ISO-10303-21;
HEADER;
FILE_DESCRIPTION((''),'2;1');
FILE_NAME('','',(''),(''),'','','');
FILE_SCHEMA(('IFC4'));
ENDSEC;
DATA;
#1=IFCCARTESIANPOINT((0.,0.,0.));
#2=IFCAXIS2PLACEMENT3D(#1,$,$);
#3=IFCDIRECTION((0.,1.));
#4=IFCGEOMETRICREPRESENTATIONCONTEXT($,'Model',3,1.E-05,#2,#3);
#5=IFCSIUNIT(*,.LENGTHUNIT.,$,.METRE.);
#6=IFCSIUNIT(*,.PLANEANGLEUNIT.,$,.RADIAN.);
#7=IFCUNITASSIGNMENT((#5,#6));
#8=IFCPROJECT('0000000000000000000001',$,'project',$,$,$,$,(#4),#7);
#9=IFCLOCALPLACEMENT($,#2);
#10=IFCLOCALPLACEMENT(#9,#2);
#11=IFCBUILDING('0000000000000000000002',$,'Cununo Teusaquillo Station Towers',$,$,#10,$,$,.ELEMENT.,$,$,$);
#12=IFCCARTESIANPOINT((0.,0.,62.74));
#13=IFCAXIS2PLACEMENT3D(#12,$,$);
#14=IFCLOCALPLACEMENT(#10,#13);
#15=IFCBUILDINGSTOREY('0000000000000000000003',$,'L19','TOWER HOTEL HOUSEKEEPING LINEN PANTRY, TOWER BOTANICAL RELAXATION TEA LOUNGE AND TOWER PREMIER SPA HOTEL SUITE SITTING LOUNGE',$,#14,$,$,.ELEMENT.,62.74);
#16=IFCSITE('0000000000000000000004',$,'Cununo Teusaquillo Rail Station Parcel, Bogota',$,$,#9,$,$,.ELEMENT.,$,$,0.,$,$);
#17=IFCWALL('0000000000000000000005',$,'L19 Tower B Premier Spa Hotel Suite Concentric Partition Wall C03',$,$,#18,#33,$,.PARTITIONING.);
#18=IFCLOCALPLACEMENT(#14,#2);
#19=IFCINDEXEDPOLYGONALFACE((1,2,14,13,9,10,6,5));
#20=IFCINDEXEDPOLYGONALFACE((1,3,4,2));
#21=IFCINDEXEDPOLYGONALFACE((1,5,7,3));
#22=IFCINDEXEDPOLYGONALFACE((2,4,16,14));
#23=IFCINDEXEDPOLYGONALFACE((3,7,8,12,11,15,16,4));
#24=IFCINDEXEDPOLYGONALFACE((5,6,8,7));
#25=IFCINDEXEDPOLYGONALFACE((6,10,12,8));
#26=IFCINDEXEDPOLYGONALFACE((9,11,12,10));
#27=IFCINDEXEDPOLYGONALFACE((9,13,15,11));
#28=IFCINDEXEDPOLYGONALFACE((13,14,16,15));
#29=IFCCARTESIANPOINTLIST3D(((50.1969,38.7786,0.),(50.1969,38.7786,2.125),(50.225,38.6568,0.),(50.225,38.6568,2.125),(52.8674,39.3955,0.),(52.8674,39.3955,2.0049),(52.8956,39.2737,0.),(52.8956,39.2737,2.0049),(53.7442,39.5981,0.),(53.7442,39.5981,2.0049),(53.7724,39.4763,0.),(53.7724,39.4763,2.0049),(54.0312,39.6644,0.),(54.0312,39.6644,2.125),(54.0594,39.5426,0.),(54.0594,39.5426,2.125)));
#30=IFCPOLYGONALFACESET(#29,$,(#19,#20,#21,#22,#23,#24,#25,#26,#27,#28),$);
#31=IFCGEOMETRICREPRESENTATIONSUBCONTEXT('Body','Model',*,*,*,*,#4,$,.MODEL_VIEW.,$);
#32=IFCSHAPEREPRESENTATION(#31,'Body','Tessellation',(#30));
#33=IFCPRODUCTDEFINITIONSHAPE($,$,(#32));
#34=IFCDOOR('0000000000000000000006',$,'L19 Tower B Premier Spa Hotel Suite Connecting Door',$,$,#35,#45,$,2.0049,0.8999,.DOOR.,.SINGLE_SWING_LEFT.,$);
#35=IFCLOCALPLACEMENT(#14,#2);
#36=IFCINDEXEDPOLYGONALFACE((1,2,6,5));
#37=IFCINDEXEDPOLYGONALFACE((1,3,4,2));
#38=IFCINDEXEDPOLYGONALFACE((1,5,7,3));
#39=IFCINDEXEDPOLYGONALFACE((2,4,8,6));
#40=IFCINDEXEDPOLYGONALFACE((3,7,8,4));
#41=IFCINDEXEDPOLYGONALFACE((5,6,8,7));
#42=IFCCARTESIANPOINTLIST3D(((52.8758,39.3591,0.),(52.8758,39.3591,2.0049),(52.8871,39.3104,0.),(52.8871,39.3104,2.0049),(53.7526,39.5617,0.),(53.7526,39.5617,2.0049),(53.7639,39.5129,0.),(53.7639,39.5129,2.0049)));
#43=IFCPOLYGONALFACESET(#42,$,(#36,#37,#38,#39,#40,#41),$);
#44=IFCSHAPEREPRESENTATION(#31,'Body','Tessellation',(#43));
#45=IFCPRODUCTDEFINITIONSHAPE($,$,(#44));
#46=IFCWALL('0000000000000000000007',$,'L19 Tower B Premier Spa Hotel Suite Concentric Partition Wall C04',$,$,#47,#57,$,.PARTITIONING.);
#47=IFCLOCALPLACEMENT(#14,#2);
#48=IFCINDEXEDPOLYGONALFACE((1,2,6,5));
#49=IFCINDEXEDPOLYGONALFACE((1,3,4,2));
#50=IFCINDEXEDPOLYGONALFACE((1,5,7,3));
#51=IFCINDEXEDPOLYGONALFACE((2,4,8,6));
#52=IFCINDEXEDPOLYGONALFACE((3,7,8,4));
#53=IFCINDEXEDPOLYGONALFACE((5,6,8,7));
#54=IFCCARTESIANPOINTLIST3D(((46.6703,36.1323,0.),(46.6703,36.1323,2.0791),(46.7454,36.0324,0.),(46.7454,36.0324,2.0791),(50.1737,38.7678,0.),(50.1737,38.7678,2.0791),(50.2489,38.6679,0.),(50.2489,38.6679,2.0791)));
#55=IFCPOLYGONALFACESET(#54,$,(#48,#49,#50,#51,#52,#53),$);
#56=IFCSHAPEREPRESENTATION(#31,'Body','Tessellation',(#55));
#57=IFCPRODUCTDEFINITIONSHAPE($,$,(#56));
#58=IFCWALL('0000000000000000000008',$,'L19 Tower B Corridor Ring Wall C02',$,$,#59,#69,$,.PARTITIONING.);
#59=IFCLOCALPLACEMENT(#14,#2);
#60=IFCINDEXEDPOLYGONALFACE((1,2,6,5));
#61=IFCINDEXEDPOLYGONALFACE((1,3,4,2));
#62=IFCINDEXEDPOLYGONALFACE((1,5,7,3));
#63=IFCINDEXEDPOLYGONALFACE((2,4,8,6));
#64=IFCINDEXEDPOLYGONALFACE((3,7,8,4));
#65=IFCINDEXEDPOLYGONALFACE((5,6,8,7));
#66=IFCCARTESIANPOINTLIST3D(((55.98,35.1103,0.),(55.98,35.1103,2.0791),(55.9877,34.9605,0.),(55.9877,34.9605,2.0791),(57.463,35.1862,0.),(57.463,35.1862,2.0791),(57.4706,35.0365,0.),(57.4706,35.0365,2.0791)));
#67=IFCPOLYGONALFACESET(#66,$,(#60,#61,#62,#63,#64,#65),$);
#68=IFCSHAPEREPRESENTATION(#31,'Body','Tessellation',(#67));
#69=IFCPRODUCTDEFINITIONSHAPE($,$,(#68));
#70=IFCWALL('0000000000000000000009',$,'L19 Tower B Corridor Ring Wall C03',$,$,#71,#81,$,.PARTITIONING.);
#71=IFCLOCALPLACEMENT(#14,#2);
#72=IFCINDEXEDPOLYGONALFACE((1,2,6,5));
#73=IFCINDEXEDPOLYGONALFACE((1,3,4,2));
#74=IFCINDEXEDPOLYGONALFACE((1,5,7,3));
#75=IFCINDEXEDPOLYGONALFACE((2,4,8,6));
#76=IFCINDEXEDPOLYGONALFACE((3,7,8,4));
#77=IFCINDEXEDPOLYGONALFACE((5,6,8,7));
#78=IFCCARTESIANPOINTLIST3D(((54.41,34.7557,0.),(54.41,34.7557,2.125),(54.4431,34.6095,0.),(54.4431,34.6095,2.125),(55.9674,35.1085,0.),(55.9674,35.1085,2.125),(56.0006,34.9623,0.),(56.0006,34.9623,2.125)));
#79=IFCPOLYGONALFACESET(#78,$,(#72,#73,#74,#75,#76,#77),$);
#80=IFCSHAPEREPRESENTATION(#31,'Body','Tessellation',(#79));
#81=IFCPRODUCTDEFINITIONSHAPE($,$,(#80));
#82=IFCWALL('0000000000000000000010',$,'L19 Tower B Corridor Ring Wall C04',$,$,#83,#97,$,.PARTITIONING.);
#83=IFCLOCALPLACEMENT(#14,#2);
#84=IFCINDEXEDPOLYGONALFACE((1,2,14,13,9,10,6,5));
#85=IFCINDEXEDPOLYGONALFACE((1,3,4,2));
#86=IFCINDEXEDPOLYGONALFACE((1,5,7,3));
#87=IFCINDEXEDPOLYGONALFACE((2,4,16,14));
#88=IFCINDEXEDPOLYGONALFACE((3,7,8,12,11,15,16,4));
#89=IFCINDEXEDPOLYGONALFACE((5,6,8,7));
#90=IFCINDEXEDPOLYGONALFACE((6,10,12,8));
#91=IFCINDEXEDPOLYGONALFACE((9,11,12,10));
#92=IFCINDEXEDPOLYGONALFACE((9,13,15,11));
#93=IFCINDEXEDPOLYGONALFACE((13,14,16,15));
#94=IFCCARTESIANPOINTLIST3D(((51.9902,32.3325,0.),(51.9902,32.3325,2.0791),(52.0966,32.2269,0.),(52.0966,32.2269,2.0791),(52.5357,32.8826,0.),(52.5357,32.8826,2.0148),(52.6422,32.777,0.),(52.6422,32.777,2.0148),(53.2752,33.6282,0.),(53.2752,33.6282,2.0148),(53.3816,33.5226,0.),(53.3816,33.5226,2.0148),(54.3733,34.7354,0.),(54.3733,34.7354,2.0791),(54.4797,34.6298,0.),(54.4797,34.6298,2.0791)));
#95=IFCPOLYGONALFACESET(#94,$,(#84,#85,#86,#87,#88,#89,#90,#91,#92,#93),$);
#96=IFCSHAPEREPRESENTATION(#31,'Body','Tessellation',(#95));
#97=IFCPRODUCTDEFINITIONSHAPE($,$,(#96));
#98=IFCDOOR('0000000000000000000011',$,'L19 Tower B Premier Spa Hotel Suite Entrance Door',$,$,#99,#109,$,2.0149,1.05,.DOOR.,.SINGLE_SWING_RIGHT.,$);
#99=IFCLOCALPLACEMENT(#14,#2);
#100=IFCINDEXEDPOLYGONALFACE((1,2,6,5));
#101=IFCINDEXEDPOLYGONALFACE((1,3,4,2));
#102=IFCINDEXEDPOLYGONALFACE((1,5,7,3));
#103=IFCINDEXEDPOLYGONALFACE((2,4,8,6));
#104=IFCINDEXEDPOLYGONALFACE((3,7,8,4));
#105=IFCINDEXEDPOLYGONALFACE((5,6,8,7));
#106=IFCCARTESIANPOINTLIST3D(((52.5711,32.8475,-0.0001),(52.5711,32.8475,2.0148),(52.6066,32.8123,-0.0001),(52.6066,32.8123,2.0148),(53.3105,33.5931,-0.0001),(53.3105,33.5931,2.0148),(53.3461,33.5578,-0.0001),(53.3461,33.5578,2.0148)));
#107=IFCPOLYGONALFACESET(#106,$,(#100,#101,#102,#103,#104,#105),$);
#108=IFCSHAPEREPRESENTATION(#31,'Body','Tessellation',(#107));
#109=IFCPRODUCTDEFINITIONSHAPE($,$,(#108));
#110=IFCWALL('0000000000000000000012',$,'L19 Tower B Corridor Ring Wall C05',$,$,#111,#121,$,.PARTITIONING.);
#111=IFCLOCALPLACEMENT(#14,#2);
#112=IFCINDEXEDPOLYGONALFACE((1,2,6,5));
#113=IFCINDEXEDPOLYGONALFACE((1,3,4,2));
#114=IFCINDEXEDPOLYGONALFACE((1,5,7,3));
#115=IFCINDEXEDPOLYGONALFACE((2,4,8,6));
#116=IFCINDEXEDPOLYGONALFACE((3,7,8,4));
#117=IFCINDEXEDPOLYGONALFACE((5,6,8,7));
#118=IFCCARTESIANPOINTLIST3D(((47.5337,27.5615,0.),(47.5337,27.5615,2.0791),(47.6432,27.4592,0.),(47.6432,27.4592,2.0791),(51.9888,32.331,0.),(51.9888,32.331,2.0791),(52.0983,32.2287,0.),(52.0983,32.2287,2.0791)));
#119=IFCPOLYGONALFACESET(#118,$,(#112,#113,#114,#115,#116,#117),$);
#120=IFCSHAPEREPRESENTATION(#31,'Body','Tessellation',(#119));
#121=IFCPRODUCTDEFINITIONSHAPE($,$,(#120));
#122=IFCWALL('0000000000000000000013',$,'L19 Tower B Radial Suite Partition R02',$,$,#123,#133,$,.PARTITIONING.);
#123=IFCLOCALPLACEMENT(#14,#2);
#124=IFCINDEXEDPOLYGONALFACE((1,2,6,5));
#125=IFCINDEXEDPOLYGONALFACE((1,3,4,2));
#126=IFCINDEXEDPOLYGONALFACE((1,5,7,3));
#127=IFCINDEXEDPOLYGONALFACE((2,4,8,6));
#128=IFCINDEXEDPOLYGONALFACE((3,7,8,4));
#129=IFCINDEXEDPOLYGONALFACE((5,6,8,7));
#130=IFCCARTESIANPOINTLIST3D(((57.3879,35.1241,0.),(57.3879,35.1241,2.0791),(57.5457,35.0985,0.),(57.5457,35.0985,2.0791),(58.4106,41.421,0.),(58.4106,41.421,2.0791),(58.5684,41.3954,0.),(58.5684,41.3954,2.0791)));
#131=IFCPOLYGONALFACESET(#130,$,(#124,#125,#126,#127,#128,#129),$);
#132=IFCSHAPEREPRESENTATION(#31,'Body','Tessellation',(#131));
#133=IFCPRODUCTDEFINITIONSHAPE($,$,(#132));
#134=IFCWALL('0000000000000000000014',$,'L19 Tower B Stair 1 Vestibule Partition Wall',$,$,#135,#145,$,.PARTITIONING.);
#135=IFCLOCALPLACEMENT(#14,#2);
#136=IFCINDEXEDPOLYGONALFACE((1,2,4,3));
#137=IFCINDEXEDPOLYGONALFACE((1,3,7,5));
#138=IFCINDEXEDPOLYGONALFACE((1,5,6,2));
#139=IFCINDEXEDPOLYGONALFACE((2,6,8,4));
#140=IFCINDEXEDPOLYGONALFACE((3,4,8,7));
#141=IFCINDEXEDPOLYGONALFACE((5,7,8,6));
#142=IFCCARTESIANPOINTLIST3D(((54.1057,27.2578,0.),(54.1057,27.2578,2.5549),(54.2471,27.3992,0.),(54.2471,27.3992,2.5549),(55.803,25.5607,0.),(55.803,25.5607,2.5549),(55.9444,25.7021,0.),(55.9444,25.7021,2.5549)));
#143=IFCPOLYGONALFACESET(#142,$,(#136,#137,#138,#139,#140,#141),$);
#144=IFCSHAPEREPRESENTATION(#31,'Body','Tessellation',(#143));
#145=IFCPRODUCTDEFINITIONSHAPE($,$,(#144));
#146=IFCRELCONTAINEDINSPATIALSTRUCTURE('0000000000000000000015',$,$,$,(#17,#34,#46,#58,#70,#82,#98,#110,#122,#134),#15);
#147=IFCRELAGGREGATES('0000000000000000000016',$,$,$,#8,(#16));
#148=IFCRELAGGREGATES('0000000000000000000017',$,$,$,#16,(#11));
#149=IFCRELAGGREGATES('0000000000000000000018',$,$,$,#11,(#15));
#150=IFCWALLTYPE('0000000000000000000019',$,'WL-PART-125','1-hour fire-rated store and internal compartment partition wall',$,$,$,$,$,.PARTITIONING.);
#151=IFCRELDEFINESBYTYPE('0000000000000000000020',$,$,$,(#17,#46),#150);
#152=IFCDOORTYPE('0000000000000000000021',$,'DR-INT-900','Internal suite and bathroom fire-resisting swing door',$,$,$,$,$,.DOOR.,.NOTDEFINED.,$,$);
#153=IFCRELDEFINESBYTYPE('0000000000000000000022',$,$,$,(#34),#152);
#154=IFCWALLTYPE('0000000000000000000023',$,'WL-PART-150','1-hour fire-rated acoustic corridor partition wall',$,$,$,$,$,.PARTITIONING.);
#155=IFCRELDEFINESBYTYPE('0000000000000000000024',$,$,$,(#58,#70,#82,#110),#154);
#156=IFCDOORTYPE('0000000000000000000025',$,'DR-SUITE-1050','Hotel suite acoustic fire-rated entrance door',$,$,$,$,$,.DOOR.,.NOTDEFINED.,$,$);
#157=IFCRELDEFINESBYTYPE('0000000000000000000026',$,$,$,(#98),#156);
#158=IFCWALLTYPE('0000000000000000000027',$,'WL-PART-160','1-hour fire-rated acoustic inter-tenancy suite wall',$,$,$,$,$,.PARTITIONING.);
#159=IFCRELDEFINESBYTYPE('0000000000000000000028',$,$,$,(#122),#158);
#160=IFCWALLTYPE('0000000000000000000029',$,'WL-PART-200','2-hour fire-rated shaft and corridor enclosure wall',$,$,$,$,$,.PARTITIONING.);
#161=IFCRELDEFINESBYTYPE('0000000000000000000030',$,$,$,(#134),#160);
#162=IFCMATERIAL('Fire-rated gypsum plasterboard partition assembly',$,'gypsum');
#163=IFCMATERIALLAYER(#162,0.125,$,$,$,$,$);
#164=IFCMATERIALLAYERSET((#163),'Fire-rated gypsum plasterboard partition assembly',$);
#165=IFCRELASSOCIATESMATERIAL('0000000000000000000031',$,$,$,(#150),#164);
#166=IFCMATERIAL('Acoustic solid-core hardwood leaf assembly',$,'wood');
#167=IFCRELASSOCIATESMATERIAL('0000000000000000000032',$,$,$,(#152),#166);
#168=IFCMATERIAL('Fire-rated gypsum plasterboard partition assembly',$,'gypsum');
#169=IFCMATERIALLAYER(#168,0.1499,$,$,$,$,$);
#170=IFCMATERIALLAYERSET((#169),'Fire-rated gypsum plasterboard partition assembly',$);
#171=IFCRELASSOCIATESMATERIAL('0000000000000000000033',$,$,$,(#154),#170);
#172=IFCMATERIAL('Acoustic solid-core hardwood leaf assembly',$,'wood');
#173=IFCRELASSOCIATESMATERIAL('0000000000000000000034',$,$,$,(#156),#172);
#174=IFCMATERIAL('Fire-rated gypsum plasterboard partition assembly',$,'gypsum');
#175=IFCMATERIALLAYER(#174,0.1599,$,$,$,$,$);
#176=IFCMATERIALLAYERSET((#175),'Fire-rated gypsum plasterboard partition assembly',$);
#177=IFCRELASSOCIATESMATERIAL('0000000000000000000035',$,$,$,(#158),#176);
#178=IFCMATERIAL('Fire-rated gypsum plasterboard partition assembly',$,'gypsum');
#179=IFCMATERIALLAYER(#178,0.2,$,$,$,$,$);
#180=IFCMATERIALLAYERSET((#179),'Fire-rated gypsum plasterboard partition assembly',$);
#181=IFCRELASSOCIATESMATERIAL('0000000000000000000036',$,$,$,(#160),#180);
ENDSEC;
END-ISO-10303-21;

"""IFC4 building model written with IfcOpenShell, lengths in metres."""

from ifc_helpers import new_model, si_unit, direction, frame, frame_2d, origin, place, context, subcontext, project, spatial, rectangle, extrude, source, transform, mapped, material, layer, layer_set, type_object, element, fill, save


model = new_model("IFC4")

# Units and contexts
model_context = context("Model", 3, precision=1e-05, world=origin(), true_north=direction((0.0, 1.0)))
body_context = subcontext(model_context, "Body", "Model", "MODEL_VIEW")
ifc_project = project(units=[si_unit("LENGTHUNIT", "METRE"), si_unit("PLANEANGLEUNIT", "RADIAN")], contexts=[model_context])

# Site, building, storey
site_placement = place(None, origin())
site = spatial("IfcSite", under=ifc_project, at=site_placement, Name="Cununo Teusaquillo Rail Station Parcel, Bogota", CompositionType="ELEMENT", RefElevation=0.0)
building_placement = place(site_placement, origin())
building = spatial("IfcBuilding", under=site, at=building_placement, Name="Cununo Teusaquillo Station Towers", CompositionType="ELEMENT")
storey_placement = place(building_placement, frame((0.0, 0.0, 62.74)))
storey = spatial("IfcBuildingStorey", under=building, at=storey_placement, Name="L19", Description="TOWER HOTEL HOUSEKEEPING LINEN PANTRY, TOWER BOTANICAL RELAXATION TEA LOUNGE AND TOWER PREMIER SPA HOTEL SUITE SITTING LOUNGE", CompositionType="ELEMENT", Elevation=62.74)

# Shared definitions
ifc_material_1 = material(Name="Fire-rated gypsum plasterboard partition assembly", Category="gypsum")
ifc_layer_1 = layer(ifc_material_1, 0.125)
ifc_layer_set_1 = layer_set([ifc_layer_1], Name="Fire-rated gypsum plasterboard partition assembly")
wall_type_1 = type_object("IfcWallType", Name="WL-PART-125", Description="1-hour fire-rated store and internal compartment partition wall", PredefinedType="PARTITIONING", material=ifc_layer_set_1)
shared_shape_1 = source(origin(), body_context, "Body", "SweptSolid", [
    extrude(rectangle(XDim=0.8999, YDim=2.0049, at=frame_2d((0.45, 1.0024))), frame((0.0, 0.0725, 0.0), z_axis=(0.0, -1.0, 0.0), x_axis=(1.0, 0.0, 0.0)), (0.0, 0.0, 1.0), 0.145),
])
shared_shape_2 = source(origin(), body_context, "Body", "SweptSolid", [
    extrude(rectangle(XDim=0.8999, YDim=2.0049, at=frame_2d((0.45, 1.0024))), frame((0.0, 0.0249, 0.0), z_axis=(0.0, -1.0, 0.0), x_axis=(1.0, 0.0, 0.0)), (0.0, 0.0, 1.0), 0.05),
])

# Wall, opening, door
wall_1_placement = place(storey_placement, frame((54.0454, 39.6035, 0.0), z_axis=(0.0, 0.0, 1.0), x_axis=(-0.97434, -0.225082, 0.0)))
wall_1 = element("IfcWall", 1, at=wall_1_placement, inside=storey, type_object=wall_type_1, Name="L19 Tower B Premier Spa Hotel Suite Concentric Partition Wall C03", PredefinedType="PARTITIONING", context=body_context, shape_type="SweptSolid", body=[
    extrude(rectangle(XDim=3.9353, YDim=0.125, at=frame_2d((1.9678, 0.0))), origin(), (0.0, 0.0, 1.0), 2.125),
])
opening_1_placement = place(wall_1_placement, frame((0.2947, 0.0, 0.0)))
opening_1 = element("IfcOpeningElement", 2, at=opening_1_placement, cuts=wall_1, PredefinedType="OPENING", context=body_context, shape_type="MappedRepresentation", body=[
    mapped(shared_shape_1, transform((0.0, 0.0, 0.0), x_axis=(1.0, 0.0, 0.0), y_axis=(0.0, 1.0, 0.0), z_axis=(0.0, 0.0, 1.0), scale=1.0)),
])
ifc_material_2 = material(Name="Acoustic solid-core hardwood leaf assembly", Category="wood")
door_type_1 = type_object("IfcDoorType", Name="DR-INT-900", Description="Internal suite and bathroom fire-resisting swing door", OperationType="NOTDEFINED", PredefinedType="DOOR", material=ifc_material_2)
door_1_placement = place(opening_1_placement, origin())
door_1 = element("IfcDoor", 3, at=door_1_placement, inside=storey, type_object=door_type_1, Name="L19 Tower B Premier Spa Hotel Suite Connecting Door", OperationType="SINGLE_SWING_LEFT", OverallHeight=2.0049, OverallWidth=0.8999, PredefinedType="DOOR", context=body_context, shape_type="MappedRepresentation", body=[
    mapped(shared_shape_2, transform((0.0, 0.0, 0.0), x_axis=(1.0, 0.0, 0.0), y_axis=(0.0, 1.0, 0.0), z_axis=(0.0, 0.0, 1.0), scale=1.0)),
])
fill(opening_1, door_1)

# Walls
wall_2_placement = place(storey_placement, frame((50.2112, 38.7178, 0.0), z_axis=(0.0, 0.0, 1.0), x_axis=(-0.79913, -0.601158, 0.0)))
element("IfcWall", 4, at=wall_2_placement, inside=storey, type_object=wall_type_1, Name="L19 Tower B Premier Spa Hotel Suite Concentric Partition Wall C04", PredefinedType="PARTITIONING", context=body_context, shape_type="SweptSolid", body=[
    extrude(rectangle(XDim=4.384, YDim=0.125, at=frame_2d((2.1919, 0.0))), origin(), (0.0, 0.0, 1.0), 2.0791),
])
ifc_material_3 = material(Name="Fire-rated gypsum plasterboard partition assembly", Category="gypsum")
ifc_layer_2 = layer(ifc_material_3, 0.1499)
ifc_layer_set_2 = layer_set([ifc_layer_2], Name="Fire-rated gypsum plasterboard partition assembly")
wall_type_2 = type_object("IfcWallType", Name="WL-PART-150", Description="1-hour fire-rated acoustic corridor partition wall", PredefinedType="PARTITIONING", material=ifc_layer_set_2)
wall_3_placement = place(storey_placement, frame((57.4668, 35.1113, 0.0), z_axis=(0.0, 0.0, 1.0), x_axis=(-0.998692, -0.051135, 0.0)))
element("IfcWall", 5, at=wall_3_placement, inside=storey, type_object=wall_type_2, Name="L19 Tower B Corridor Ring Wall C02", PredefinedType="PARTITIONING", context=body_context, shape_type="SweptSolid", body=[
    extrude(rectangle(XDim=1.4849, YDim=0.1499, at=frame_2d((0.7424, 0.0))), origin(), (0.0, 0.0, 1.0), 2.0791),
])
wall_4_placement = place(storey_placement, frame((55.9839, 35.0354, 0.0), z_axis=(0.0, 0.0, 1.0), x_axis=(-0.97529, -0.220927, 0.0)))
element("IfcWall", 6, at=wall_4_placement, inside=storey, type_object=wall_type_2, Name="L19 Tower B Corridor Ring Wall C03", PredefinedType="PARTITIONING", context=body_context, shape_type="SweptSolid", body=[
    extrude(rectangle(XDim=1.5969, YDim=0.1499, at=frame_2d((0.7983, 0.0))), origin(), (0.0, 0.0, 1.0), 2.125),
])

# Wall, opening, door
wall_5_placement = place(storey_placement, frame((54.4265, 34.6826, 0.0), z_axis=(0.0, 0.0, 1.0), x_axis=(-0.704179, -0.710022, 0.0)))
wall_5 = element("IfcWall", 7, at=wall_5_placement, inside=storey, type_object=wall_type_2, Name="L19 Tower B Corridor Ring Wall C04", PredefinedType="PARTITIONING", context=body_context, shape_type="SweptSolid", body=[
    extrude(rectangle(XDim=3.3843, YDim=0.1499, at=frame_2d((1.6921, 0.0))), origin(), (0.0, 0.0, 1.0), 2.0791),
])
shared_shape_3 = source(origin(), body_context, "Body", "SweptSolid", [
    extrude(rectangle(XDim=1.05, YDim=2.0149, at=frame_2d((0.5249, 1.0073))), frame((0.0, 0.085, 0.0), z_axis=(0.0, -1.0, 0.0), x_axis=(1.0, 0.0, 0.0)), (0.0, 0.0, 1.0), 0.1699),
])
opening_2_placement = place(wall_5_placement, frame((1.5596, 0.0, 0.0)))
opening_2 = element("IfcOpeningElement", 8, at=opening_2_placement, cuts=wall_5, PredefinedType="OPENING", context=body_context, shape_type="MappedRepresentation", body=[
    mapped(shared_shape_3, transform((0.0, 0.0, 0.0), x_axis=(1.0, 0.0, 0.0), y_axis=(0.0, 1.0, 0.0), z_axis=(0.0, 0.0, 1.0), scale=1.0)),
])
ifc_material_4 = material(Name="Acoustic solid-core hardwood leaf assembly", Category="wood")
door_type_2 = type_object("IfcDoorType", Name="DR-SUITE-1050", Description="Hotel suite acoustic fire-rated entrance door", OperationType="NOTDEFINED", PredefinedType="DOOR", material=ifc_material_4)
shared_shape_4 = source(origin(), body_context, "Body", "SweptSolid", [
    extrude(rectangle(XDim=1.05, YDim=2.0149, at=frame_2d((0.5249, 1.0073))), frame((0.0, 0.0249, 0.0), z_axis=(0.0, -1.0, 0.0), x_axis=(1.0, 0.0, 0.0)), (0.0, 0.0, 1.0), 0.05),
])
door_2_placement = place(opening_2_placement, origin())
door_2 = element("IfcDoor", 9, at=door_2_placement, inside=storey, type_object=door_type_2, Name="L19 Tower B Premier Spa Hotel Suite Entrance Door", OperationType="SINGLE_SWING_RIGHT", OverallHeight=2.0149, OverallWidth=1.05, PredefinedType="DOOR", context=body_context, shape_type="MappedRepresentation", body=[
    mapped(shared_shape_4, transform((0.0, 0.0, 0.0), x_axis=(1.0, 0.0, 0.0), y_axis=(0.0, 1.0, 0.0), z_axis=(0.0, 0.0, 1.0), scale=1.0)),
])
fill(opening_2, door_2)

# Walls
wall_6_placement = place(storey_placement, frame((52.0435, 32.2798, 0.0), z_axis=(0.0, 0.0, 1.0), x_axis=(-0.682606, -0.730787, 0.0)))
element("IfcWall", 10, at=wall_6_placement, inside=storey, type_object=wall_type_2, Name="L19 Tower B Corridor Ring Wall C05", PredefinedType="PARTITIONING", context=body_context, shape_type="SweptSolid", body=[
    extrude(rectangle(XDim=6.5266, YDim=0.1499, at=frame_2d((3.2632, 0.0))), origin(), (0.0, 0.0, 1.0), 2.0791),
])
ifc_material_5 = material(Name="Fire-rated gypsum plasterboard partition assembly", Category="gypsum")
ifc_layer_3 = layer(ifc_material_5, 0.1599)
ifc_layer_set_3 = layer_set([ifc_layer_3], Name="Fire-rated gypsum plasterboard partition assembly")
wall_type_3 = type_object("IfcWallType", Name="WL-PART-160", Description="1-hour fire-rated acoustic inter-tenancy suite wall", PredefinedType="PARTITIONING", material=ifc_layer_set_3)
wall_7_placement = place(storey_placement, frame((57.4668, 35.1113, 0.0), z_axis=(0.0, 0.0, 1.0), x_axis=(0.160314, 0.987066, 0.0)))
element("IfcWall", 11, at=wall_7_placement, inside=storey, type_object=wall_type_3, Name="L19 Tower B Radial Suite Partition R02", PredefinedType="PARTITIONING", context=body_context, shape_type="SweptSolid", body=[
    extrude(rectangle(XDim=6.3794, YDim=0.1599, at=frame_2d((3.1897, 0.0))), origin(), (0.0, 0.0, 1.0), 2.0791),
])
ifc_material_6 = material(Name="Fire-rated gypsum plasterboard partition assembly", Category="gypsum")
ifc_layer_4 = layer(ifc_material_6, 0.2)
ifc_layer_set_4 = layer_set([ifc_layer_4], Name="Fire-rated gypsum plasterboard partition assembly")
wall_type_4 = type_object("IfcWallType", Name="WL-PART-200", Description="2-hour fire-rated shaft and corridor enclosure wall", PredefinedType="PARTITIONING", material=ifc_layer_set_4)
wall_8_placement = place(storey_placement, frame((55.8738, 25.6313, 0.0), z_axis=(0.0, 0.0, 1.0), x_axis=(-0.707158, 0.707056, 0.0)))
element("IfcWall", 12, at=wall_8_placement, inside=storey, type_object=wall_type_4, Name="L19 Tower B Stair 1 Vestibule Partition Wall", PredefinedType="PARTITIONING", context=body_context, shape_type="SweptSolid", body=[
    extrude(rectangle(XDim=2.4001, YDim=0.2, at=frame_2d((1.2002, 0.0))), origin(), (0.0, 0.0, 1.0), 2.5549),
])

save(model, "model.ifc")
